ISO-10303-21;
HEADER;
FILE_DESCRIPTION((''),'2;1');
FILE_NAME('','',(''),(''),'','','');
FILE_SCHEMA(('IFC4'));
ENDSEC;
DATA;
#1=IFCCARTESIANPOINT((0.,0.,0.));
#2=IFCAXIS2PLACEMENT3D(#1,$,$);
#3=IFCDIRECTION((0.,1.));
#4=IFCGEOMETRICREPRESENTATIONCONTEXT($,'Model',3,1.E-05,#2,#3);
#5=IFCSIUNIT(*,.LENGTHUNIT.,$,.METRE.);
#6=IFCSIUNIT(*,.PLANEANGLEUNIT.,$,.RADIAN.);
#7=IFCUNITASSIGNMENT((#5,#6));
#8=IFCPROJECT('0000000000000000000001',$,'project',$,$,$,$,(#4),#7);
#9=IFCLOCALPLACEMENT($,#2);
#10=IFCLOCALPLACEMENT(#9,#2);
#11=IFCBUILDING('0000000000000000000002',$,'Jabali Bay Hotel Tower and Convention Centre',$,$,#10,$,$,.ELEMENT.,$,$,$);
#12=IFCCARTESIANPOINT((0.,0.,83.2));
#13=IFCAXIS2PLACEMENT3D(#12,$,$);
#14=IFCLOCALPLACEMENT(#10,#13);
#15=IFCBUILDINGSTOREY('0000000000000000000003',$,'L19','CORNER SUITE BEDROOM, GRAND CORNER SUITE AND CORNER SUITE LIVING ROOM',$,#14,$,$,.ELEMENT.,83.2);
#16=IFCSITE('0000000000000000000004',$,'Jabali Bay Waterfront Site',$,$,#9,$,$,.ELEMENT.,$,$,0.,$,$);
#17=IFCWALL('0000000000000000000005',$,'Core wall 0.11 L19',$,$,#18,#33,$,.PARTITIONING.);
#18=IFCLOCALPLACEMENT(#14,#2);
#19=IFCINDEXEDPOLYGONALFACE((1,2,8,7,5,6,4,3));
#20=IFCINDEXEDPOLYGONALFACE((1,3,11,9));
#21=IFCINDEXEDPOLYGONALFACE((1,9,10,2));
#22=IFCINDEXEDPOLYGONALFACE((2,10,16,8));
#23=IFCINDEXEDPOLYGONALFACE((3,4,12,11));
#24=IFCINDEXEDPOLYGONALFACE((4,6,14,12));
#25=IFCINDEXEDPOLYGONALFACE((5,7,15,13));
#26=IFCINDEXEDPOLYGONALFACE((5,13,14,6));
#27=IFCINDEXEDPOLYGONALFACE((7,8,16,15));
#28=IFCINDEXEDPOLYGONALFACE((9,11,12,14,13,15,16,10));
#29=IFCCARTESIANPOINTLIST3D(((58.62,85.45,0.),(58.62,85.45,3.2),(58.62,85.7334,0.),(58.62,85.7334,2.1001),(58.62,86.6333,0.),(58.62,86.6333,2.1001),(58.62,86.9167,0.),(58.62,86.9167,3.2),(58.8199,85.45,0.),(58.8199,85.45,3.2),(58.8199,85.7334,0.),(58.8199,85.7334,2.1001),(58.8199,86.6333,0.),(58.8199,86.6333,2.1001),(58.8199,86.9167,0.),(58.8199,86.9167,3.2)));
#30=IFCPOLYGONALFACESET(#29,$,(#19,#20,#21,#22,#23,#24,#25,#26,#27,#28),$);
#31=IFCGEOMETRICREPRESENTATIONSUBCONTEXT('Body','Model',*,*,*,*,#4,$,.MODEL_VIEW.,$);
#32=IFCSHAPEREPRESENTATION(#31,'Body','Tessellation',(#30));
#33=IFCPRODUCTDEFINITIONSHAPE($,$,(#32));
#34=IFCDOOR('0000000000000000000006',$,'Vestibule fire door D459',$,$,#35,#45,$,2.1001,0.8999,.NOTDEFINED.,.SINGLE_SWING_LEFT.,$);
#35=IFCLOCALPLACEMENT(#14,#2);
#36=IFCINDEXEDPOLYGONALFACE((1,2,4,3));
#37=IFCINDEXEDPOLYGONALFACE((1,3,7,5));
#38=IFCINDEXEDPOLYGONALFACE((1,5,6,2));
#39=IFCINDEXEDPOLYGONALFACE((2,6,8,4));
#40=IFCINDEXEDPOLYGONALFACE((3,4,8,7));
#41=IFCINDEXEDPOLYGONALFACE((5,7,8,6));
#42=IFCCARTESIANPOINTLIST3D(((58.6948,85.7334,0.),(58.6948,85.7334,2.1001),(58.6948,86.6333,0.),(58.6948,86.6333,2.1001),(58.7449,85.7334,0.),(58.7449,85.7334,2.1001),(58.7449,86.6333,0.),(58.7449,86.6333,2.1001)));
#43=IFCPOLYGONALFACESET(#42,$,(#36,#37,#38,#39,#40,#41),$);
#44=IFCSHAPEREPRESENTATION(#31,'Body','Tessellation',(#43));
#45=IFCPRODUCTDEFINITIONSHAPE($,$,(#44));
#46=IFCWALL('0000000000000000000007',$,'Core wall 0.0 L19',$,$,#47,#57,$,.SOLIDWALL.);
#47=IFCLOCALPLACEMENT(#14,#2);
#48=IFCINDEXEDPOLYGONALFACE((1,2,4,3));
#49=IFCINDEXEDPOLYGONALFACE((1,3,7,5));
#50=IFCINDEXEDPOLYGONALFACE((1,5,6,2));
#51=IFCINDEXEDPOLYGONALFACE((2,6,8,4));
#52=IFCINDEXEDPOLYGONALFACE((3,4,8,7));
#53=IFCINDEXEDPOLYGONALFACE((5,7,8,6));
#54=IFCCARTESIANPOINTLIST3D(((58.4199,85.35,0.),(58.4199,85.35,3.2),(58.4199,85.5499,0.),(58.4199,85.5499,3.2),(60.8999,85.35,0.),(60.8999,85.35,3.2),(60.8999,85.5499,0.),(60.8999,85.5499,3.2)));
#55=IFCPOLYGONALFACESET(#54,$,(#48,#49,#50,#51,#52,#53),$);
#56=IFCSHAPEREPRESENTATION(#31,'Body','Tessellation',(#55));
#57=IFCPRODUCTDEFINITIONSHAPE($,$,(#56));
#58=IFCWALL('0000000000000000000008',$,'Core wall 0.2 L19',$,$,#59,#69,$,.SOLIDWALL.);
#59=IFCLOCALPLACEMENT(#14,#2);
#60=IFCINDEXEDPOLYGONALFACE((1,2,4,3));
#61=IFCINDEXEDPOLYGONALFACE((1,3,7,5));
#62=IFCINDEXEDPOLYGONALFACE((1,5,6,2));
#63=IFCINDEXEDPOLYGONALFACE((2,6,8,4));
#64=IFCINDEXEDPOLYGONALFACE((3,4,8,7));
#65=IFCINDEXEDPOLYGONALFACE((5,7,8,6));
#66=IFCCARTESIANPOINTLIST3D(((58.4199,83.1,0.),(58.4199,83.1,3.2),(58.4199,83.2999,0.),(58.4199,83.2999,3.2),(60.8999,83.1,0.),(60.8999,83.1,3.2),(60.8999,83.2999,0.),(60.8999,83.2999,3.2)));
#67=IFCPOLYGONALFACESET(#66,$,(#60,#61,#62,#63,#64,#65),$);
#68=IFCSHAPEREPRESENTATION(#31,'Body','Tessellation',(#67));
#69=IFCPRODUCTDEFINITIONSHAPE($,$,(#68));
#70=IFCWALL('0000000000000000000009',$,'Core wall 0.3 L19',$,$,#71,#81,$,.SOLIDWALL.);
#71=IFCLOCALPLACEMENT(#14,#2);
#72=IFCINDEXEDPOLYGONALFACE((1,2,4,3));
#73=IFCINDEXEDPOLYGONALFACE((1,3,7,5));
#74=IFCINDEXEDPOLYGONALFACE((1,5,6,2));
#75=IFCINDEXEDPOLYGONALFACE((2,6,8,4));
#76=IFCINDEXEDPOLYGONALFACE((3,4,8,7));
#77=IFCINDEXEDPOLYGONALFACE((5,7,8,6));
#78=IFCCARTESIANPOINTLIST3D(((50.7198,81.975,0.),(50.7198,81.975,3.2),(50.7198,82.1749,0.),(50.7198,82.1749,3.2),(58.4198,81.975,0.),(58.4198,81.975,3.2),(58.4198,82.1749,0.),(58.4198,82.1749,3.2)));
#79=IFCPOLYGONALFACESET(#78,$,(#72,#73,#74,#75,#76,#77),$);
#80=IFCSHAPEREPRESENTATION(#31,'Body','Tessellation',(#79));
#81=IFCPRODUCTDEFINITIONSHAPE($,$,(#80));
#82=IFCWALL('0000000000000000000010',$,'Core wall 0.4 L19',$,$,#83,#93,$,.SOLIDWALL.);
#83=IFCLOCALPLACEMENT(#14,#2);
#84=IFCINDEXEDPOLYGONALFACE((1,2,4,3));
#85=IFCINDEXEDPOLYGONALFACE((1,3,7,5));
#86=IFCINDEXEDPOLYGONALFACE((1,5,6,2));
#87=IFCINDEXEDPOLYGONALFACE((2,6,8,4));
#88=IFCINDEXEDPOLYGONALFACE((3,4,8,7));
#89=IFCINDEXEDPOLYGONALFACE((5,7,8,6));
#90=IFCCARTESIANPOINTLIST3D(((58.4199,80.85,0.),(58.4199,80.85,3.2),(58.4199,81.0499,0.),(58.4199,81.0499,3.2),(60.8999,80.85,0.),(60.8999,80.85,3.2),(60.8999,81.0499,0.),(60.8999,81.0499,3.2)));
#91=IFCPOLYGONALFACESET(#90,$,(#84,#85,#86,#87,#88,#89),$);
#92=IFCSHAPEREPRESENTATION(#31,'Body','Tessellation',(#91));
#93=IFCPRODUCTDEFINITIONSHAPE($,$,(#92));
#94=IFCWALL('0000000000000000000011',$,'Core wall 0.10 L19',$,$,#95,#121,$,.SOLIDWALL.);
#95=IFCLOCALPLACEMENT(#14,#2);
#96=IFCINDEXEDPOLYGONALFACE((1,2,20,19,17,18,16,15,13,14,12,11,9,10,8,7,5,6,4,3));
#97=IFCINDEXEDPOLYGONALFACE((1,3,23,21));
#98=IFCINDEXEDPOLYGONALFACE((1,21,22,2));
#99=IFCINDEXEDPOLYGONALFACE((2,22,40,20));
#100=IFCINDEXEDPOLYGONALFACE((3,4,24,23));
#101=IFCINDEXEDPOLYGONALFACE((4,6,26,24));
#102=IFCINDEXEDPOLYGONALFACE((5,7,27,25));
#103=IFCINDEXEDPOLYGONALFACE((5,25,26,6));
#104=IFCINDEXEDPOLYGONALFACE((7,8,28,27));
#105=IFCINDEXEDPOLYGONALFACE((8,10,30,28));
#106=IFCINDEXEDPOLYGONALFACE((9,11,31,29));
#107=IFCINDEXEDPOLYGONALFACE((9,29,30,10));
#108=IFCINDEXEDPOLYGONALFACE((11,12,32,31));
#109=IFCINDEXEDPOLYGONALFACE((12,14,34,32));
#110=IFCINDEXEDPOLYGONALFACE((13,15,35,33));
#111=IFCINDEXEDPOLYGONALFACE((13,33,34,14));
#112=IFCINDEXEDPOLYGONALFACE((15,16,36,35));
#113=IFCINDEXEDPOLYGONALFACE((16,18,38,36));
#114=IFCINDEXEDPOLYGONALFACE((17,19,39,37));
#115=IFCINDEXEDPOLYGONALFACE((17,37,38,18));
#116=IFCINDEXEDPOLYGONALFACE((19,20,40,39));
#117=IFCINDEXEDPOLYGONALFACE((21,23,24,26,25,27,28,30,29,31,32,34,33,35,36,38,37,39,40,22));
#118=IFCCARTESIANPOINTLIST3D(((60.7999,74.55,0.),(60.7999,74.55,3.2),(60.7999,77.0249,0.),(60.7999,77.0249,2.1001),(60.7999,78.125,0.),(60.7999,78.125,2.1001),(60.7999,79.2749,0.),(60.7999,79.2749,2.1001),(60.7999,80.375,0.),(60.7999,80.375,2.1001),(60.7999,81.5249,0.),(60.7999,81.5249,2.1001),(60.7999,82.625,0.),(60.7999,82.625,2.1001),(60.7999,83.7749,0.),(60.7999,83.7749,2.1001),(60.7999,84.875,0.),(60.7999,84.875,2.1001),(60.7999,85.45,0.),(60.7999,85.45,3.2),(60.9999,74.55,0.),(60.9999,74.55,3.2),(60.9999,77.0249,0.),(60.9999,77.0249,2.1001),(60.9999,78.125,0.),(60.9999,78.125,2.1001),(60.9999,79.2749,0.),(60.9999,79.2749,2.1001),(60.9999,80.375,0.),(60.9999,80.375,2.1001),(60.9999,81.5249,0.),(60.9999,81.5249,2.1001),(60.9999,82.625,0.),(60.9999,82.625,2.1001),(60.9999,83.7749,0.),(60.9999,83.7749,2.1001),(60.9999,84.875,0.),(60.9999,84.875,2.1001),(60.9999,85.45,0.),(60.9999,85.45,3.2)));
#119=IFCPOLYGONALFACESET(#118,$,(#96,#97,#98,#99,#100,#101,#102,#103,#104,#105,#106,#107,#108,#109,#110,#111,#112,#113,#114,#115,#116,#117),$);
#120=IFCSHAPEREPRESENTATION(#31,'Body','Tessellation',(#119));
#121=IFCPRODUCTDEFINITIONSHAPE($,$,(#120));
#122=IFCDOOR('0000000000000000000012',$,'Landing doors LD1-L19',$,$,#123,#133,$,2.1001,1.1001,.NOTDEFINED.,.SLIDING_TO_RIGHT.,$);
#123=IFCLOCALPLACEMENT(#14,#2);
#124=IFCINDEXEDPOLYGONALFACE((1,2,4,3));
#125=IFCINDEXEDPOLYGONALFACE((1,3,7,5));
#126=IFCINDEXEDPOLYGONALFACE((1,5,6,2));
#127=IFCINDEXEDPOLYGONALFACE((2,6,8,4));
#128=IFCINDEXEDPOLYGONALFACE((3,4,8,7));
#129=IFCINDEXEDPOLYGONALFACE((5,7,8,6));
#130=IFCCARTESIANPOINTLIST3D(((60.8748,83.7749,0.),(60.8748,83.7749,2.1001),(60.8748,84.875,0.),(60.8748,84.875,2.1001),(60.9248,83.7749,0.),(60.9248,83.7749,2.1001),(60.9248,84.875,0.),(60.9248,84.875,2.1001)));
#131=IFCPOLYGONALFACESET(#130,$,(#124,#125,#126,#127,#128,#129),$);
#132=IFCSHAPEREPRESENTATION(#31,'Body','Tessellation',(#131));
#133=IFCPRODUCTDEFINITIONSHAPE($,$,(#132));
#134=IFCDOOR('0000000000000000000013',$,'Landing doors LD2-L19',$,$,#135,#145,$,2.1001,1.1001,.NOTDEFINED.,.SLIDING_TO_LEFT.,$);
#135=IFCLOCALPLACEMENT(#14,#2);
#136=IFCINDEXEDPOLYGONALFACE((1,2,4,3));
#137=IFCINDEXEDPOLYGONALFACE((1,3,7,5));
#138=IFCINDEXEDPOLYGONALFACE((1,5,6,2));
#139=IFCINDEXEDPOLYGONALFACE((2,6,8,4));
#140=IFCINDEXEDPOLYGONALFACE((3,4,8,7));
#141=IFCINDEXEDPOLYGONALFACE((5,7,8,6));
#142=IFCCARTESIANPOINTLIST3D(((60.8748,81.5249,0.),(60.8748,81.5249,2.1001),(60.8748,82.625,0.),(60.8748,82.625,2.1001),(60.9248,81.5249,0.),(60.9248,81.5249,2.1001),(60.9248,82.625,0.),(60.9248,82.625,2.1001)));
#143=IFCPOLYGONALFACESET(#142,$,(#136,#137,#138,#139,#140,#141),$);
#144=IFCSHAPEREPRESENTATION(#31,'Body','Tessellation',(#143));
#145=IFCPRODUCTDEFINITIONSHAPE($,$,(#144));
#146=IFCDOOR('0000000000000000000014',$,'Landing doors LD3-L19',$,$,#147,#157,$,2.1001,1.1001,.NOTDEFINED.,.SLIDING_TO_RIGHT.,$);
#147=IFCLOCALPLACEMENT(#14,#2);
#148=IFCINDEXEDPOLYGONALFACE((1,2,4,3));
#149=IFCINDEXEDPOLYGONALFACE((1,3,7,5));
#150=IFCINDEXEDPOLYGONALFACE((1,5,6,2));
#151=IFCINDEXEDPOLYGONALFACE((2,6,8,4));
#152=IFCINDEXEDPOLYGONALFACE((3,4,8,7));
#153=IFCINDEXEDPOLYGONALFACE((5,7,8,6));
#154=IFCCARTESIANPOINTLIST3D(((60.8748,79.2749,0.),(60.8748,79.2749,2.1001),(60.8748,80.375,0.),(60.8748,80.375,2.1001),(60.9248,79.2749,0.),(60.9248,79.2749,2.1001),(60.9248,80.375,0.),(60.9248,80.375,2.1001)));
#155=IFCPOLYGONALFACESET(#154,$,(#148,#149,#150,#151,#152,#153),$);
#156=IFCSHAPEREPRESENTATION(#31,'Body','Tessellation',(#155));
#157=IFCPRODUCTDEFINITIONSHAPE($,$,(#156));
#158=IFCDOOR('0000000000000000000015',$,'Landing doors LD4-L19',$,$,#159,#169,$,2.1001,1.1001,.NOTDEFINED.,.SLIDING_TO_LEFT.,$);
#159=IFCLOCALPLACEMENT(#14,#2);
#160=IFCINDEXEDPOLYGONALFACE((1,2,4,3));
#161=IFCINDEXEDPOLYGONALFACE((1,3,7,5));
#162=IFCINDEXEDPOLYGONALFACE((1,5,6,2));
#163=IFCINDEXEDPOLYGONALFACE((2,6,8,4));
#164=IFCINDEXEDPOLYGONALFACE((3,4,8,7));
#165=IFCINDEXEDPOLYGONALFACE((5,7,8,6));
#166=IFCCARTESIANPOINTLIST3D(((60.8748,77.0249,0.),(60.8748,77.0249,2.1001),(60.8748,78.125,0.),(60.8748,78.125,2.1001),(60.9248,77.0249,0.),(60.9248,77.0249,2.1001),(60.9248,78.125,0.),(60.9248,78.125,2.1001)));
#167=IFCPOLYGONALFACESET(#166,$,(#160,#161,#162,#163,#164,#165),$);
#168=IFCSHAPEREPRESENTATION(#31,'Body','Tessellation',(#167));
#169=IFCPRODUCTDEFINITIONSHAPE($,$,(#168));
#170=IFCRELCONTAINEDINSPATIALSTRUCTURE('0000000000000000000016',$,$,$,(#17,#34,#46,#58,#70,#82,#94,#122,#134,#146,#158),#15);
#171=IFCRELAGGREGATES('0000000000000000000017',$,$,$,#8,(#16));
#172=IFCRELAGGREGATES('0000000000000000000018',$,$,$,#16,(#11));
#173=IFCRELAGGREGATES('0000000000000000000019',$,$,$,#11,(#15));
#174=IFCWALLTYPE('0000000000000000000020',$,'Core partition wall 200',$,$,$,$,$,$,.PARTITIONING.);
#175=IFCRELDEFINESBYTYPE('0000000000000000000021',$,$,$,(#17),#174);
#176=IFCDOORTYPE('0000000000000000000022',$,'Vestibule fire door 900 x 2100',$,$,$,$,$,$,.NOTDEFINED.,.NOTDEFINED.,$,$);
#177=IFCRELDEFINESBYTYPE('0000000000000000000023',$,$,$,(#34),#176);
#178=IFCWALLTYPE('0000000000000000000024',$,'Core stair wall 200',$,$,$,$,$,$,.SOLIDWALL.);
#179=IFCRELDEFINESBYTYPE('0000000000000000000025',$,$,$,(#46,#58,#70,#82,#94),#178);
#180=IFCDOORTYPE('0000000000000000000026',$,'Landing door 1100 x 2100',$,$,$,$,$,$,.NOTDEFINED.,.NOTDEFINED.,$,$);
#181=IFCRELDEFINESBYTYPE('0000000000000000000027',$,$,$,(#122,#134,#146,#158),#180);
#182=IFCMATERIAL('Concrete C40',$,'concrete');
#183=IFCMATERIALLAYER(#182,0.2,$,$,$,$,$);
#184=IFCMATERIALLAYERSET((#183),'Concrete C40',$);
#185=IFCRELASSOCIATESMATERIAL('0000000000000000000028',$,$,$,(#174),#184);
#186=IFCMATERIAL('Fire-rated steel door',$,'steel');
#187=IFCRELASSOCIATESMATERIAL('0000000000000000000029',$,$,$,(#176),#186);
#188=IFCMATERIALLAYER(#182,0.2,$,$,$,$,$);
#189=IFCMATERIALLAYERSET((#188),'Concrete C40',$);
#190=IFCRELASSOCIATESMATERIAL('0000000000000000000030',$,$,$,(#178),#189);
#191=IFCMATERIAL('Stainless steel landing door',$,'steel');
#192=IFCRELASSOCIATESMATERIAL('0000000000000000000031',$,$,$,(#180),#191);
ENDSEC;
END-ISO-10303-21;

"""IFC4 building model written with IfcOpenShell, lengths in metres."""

from ifc_helpers import new_model, si_unit, direction, frame, frame_2d, origin, place, context, subcontext, project, spatial, rectangle, extrude, material, layer, layer_set, type_object, element, fill, save


model = new_model("IFC4")

# Units and contexts
model_context = context("Model", 3, precision=1e-05, world=origin(), true_north=direction((0.0, 1.0)))
body_context = subcontext(model_context, "Body", "Model", "MODEL_VIEW")
ifc_project = project(units=[si_unit("LENGTHUNIT", "METRE"), si_unit("PLANEANGLEUNIT", "RADIAN")], contexts=[model_context])

# Site, building, storey
site_placement = place(None, origin())
site = spatial("IfcSite", under=ifc_project, at=site_placement, Name="Jabali Bay Waterfront Site", CompositionType="ELEMENT", RefElevation=0.0)
building_placement = place(site_placement, origin())
building = spatial("IfcBuilding", under=site, at=building_placement, Name="Jabali Bay Hotel Tower and Convention Centre", CompositionType="ELEMENT")
storey_placement = place(building_placement, frame((0.0, 0.0, 83.2)))
storey = spatial("IfcBuildingStorey", under=building, at=storey_placement, Name="L19", Description="CORNER SUITE BEDROOM, GRAND CORNER SUITE AND CORNER SUITE LIVING ROOM", CompositionType="ELEMENT", Elevation=83.2)

# Wall, opening, door
ifc_material_1 = material(Name="Concrete C40", Category="concrete")
ifc_layer_1 = layer(ifc_material_1, 0.2)
ifc_layer_set_1 = layer_set([ifc_layer_1], Name="Concrete C40")
wall_type_1 = type_object("IfcWallType", Name="Core partition wall 200", PredefinedType="PARTITIONING", material=ifc_layer_set_1)
wall_1_placement = place(storey_placement, frame((58.72, 86.9167, 0.0), z_axis=(0.0, 0.0, 1.0), x_axis=(0.0, -1.0, 0.0)))
wall_1 = element("IfcWall", 1, at=wall_1_placement, inside=storey, type_object=wall_type_1, Name="Core wall 0.11 L19", PredefinedType="PARTITIONING", context=body_context, shape_type="SweptSolid", body=[
    extrude(rectangle(XDim=1.4668, YDim=0.2, at=frame_2d((0.7334, 0.0))), origin(), (0.0, 0.0, 1.0), 3.2),
])
opening_1_placement = place(wall_1_placement, frame((0.2834, 0.0, 0.0)))
opening_1 = element("IfcOpeningElement", 2, at=opening_1_placement, cuts=wall_1, PredefinedType="OPENING", context=body_context, shape_type="SweptSolid", body=[
    extrude(rectangle(XDim=0.8999, YDim=2.1001, at=frame_2d((0.45, 1.05))), frame((0.0, 0.1104, 0.0), z_axis=(0.0, -1.0, 0.0), x_axis=(1.0, 0.0, 0.0)), (0.0, 0.0, 1.0), 0.2209),
])
ifc_material_2 = material(Name="Fire-rated steel door", Category="steel")
door_type_1 = type_object("IfcDoorType", Name="Vestibule fire door 900 x 2100", OperationType="NOTDEFINED", PredefinedType="NOTDEFINED", material=ifc_material_2)
door_1_placement = place(opening_1_placement, origin())
door_1 = element("IfcDoor", 3, at=door_1_placement, inside=storey, type_object=door_type_1, Name="Vestibule fire door D459", OperationType="SINGLE_SWING_LEFT", OverallHeight=2.1001, OverallWidth=0.8999, PredefinedType="NOTDEFINED", context=body_context, shape_type="SweptSolid", body=[
    extrude(rectangle(XDim=0.8999, YDim=2.1001, at=frame_2d((0.45, 1.05))), frame((0.0, 0.0249, 0.0), z_axis=(0.0, -1.0, 0.0), x_axis=(1.0, 0.0, 0.0)), (0.0, 0.0, 1.0), 0.05),
])
fill(opening_1, door_1)

# Walls
ifc_layer_2 = layer(ifc_material_1, 0.2)
ifc_layer_set_2 = layer_set([ifc_layer_2], Name="Concrete C40")
wall_type_2 = type_object("IfcWallType", Name="Core stair wall 200", PredefinedType="SOLIDWALL", material=ifc_layer_set_2)
for number, where, z_axis, x_axis, name in (
    (4, (60.8999, 85.45, 0.0), (0.0, 0.0, 1.0), (-1.0, 0.0, 0.0), "Core wall 0.0 L19"),
    (5, (60.8999, 83.2, 0.0), (0.0, 0.0, 1.0), (-1.0, 0.0, 0.0), "Core wall 0.2 L19"),
):
    element("IfcWall", number, at=place(storey_placement, frame(where, z_axis=z_axis, x_axis=x_axis)), inside=storey, type_object=wall_type_2, Name=name, PredefinedType="SOLIDWALL", context=body_context, shape_type="SweptSolid", body=[
        extrude(rectangle(XDim=2.48, YDim=0.2, at=frame_2d((1.24, 0.0))), origin(), (0.0, 0.0, 1.0), 3.2),
    ])
wall_2_placement = place(storey_placement, frame((58.4199, 82.075, 0.0), z_axis=(0.0, 0.0, 1.0), x_axis=(-1.0, 0.0, 0.0)))
element("IfcWall", 6, at=wall_2_placement, inside=storey, type_object=wall_type_2, Name="Core wall 0.3 L19", PredefinedType="SOLIDWALL", context=body_context, shape_type="SweptSolid", body=[
    extrude(rectangle(XDim=7.7, YDim=0.2, at=frame_2d((3.8501, 0.0))), origin(), (0.0, 0.0, 1.0), 3.2),
])
wall_3_placement = place(storey_placement, frame((60.8999, 80.95, 0.0), z_axis=(0.0, 0.0, 1.0), x_axis=(-1.0, 0.0, 0.0)))
element("IfcWall", 7, at=wall_3_placement, inside=storey, type_object=wall_type_2, Name="Core wall 0.4 L19", PredefinedType="SOLIDWALL", context=body_context, shape_type="SweptSolid", body=[
    extrude(rectangle(XDim=2.48, YDim=0.2, at=frame_2d((1.24, 0.0))), origin(), (0.0, 0.0, 1.0), 3.2),
])

# Wall, openings, doors
wall_4_placement = place(storey_placement, frame((60.8999, 85.45, 0.0), z_axis=(0.0, 0.0, 1.0), x_axis=(0.0, -1.0, 0.0)))
wall_4 = element("IfcWall", 8, at=wall_4_placement, inside=storey, type_object=wall_type_2, Name="Core wall 0.10 L19", PredefinedType="SOLIDWALL", context=body_context, shape_type="SweptSolid", body=[
    extrude(rectangle(XDim=10.8999, YDim=0.2, at=frame_2d((5.45, 0.0))), origin(), (0.0, 0.0, 1.0), 3.2),
])
opening_2_placement = place(wall_4_placement, frame((0.575, 0.0, 0.0)))
opening_2 = element("IfcOpeningElement", 9, at=opening_2_placement, cuts=wall_4, PredefinedType="OPENING", context=body_context, shape_type="SweptSolid", body=[
    extrude(rectangle(XDim=1.1001, YDim=2.1001, at=frame_2d((0.55, 1.05))), frame((0.0, 0.1104, 0.0), z_axis=(0.0, -1.0, 0.0), x_axis=(1.0, 0.0, 0.0)), (0.0, 0.0, 1.0), 0.2209),
])
opening_3_placement = place(wall_4_placement, frame((2.825, 0.0, 0.0)))
opening_3 = element("IfcOpeningElement", 10, at=opening_3_placement, cuts=wall_4, PredefinedType="OPENING", context=body_context, shape_type="SweptSolid", body=[
    extrude(rectangle(XDim=1.1001, YDim=2.1001, at=frame_2d((0.55, 1.05))), frame((0.0, 0.1104, 0.0), z_axis=(0.0, -1.0, 0.0), x_axis=(1.0, 0.0, 0.0)), (0.0, 0.0, 1.0), 0.2209),
])
opening_4_placement = place(wall_4_placement, frame((5.075, 0.0, 0.0)))
opening_4 = element("IfcOpeningElement", 11, at=opening_4_placement, cuts=wall_4, PredefinedType="OPENING", context=body_context, shape_type="SweptSolid", body=[
    extrude(rectangle(XDim=1.1001, YDim=2.1001, at=frame_2d((0.55, 1.05))), frame((0.0, 0.1104, 0.0), z_axis=(0.0, -1.0, 0.0), x_axis=(1.0, 0.0, 0.0)), (0.0, 0.0, 1.0), 0.2209),
])
opening_5_placement = place(wall_4_placement, frame((7.325, 0.0, 0.0)))
opening_5 = element("IfcOpeningElement", 12, at=opening_5_placement, cuts=wall_4, PredefinedType="OPENING", context=body_context, shape_type="SweptSolid", body=[
    extrude(rectangle(XDim=1.1001, YDim=2.1001, at=frame_2d((0.55, 1.05))), frame((0.0, 0.1104, 0.0), z_axis=(0.0, -1.0, 0.0), x_axis=(1.0, 0.0, 0.0)), (0.0, 0.0, 1.0), 0.2209),
])
ifc_material_3 = material(Name="Stainless steel landing door", Category="steel")
door_type_2 = type_object("IfcDoorType", Name="Landing door 1100 x 2100", OperationType="NOTDEFINED", PredefinedType="NOTDEFINED", material=ifc_material_3)
door_2_placement = place(opening_2_placement, origin())
door_2 = element("IfcDoor", 13, at=door_2_placement, inside=storey, type_object=door_type_2, Name="Landing doors LD1-L19", OperationType="SLIDING_TO_RIGHT", OverallHeight=2.1001, OverallWidth=1.1001, PredefinedType="NOTDEFINED", context=body_context, shape_type="SweptSolid", body=[
    extrude(rectangle(XDim=1.1001, YDim=2.1001, at=frame_2d((0.55, 1.05))), frame((0.0, 0.0249, 0.0), z_axis=(0.0, -1.0, 0.0), x_axis=(1.0, 0.0, 0.0)), (0.0, 0.0, 1.0), 0.05),
])
fill(opening_2, door_2)
door_3_placement = place(opening_3_placement, origin())
door_3 = element("IfcDoor", 14, at=door_3_placement, inside=storey, type_object=door_type_2, Name="Landing doors LD2-L19", OperationType="SLIDING_TO_LEFT", OverallHeight=2.1001, OverallWidth=1.1001, PredefinedType="NOTDEFINED", context=body_context, shape_type="SweptSolid", body=[
    extrude(rectangle(XDim=1.1001, YDim=2.1001, at=frame_2d((0.55, 1.05))), frame((0.0, 0.0249, 0.0), z_axis=(0.0, -1.0, 0.0), x_axis=(1.0, 0.0, 0.0)), (0.0, 0.0, 1.0), 0.05),
])
fill(opening_3, door_3)
door_4_placement = place(opening_4_placement, origin())
door_4 = element("IfcDoor", 15, at=door_4_placement, inside=storey, type_object=door_type_2, Name="Landing doors LD3-L19", OperationType="SLIDING_TO_RIGHT", OverallHeight=2.1001, OverallWidth=1.1001, PredefinedType="NOTDEFINED", context=body_context, shape_type="SweptSolid", body=[
    extrude(rectangle(XDim=1.1001, YDim=2.1001, at=frame_2d((0.55, 1.05))), frame((0.0, 0.0249, 0.0), z_axis=(0.0, -1.0, 0.0), x_axis=(1.0, 0.0, 0.0)), (0.0, 0.0, 1.0), 0.05),
])
fill(opening_4, door_4)
door_5_placement = place(opening_5_placement, origin())
door_5 = element("IfcDoor", 16, at=door_5_placement, inside=storey, type_object=door_type_2, Name="Landing doors LD4-L19", OperationType="SLIDING_TO_LEFT", OverallHeight=2.1001, OverallWidth=1.1001, PredefinedType="NOTDEFINED", context=body_context, shape_type="SweptSolid", body=[
    extrude(rectangle(XDim=1.1001, YDim=2.1001, at=frame_2d((0.55, 1.05))), frame((0.0, 0.0249, 0.0), z_axis=(0.0, -1.0, 0.0), x_axis=(1.0, 0.0, 0.0)), (0.0, 0.0, 1.0), 0.05),
])
fill(opening_5, door_5)

save(model, "model.ifc")
